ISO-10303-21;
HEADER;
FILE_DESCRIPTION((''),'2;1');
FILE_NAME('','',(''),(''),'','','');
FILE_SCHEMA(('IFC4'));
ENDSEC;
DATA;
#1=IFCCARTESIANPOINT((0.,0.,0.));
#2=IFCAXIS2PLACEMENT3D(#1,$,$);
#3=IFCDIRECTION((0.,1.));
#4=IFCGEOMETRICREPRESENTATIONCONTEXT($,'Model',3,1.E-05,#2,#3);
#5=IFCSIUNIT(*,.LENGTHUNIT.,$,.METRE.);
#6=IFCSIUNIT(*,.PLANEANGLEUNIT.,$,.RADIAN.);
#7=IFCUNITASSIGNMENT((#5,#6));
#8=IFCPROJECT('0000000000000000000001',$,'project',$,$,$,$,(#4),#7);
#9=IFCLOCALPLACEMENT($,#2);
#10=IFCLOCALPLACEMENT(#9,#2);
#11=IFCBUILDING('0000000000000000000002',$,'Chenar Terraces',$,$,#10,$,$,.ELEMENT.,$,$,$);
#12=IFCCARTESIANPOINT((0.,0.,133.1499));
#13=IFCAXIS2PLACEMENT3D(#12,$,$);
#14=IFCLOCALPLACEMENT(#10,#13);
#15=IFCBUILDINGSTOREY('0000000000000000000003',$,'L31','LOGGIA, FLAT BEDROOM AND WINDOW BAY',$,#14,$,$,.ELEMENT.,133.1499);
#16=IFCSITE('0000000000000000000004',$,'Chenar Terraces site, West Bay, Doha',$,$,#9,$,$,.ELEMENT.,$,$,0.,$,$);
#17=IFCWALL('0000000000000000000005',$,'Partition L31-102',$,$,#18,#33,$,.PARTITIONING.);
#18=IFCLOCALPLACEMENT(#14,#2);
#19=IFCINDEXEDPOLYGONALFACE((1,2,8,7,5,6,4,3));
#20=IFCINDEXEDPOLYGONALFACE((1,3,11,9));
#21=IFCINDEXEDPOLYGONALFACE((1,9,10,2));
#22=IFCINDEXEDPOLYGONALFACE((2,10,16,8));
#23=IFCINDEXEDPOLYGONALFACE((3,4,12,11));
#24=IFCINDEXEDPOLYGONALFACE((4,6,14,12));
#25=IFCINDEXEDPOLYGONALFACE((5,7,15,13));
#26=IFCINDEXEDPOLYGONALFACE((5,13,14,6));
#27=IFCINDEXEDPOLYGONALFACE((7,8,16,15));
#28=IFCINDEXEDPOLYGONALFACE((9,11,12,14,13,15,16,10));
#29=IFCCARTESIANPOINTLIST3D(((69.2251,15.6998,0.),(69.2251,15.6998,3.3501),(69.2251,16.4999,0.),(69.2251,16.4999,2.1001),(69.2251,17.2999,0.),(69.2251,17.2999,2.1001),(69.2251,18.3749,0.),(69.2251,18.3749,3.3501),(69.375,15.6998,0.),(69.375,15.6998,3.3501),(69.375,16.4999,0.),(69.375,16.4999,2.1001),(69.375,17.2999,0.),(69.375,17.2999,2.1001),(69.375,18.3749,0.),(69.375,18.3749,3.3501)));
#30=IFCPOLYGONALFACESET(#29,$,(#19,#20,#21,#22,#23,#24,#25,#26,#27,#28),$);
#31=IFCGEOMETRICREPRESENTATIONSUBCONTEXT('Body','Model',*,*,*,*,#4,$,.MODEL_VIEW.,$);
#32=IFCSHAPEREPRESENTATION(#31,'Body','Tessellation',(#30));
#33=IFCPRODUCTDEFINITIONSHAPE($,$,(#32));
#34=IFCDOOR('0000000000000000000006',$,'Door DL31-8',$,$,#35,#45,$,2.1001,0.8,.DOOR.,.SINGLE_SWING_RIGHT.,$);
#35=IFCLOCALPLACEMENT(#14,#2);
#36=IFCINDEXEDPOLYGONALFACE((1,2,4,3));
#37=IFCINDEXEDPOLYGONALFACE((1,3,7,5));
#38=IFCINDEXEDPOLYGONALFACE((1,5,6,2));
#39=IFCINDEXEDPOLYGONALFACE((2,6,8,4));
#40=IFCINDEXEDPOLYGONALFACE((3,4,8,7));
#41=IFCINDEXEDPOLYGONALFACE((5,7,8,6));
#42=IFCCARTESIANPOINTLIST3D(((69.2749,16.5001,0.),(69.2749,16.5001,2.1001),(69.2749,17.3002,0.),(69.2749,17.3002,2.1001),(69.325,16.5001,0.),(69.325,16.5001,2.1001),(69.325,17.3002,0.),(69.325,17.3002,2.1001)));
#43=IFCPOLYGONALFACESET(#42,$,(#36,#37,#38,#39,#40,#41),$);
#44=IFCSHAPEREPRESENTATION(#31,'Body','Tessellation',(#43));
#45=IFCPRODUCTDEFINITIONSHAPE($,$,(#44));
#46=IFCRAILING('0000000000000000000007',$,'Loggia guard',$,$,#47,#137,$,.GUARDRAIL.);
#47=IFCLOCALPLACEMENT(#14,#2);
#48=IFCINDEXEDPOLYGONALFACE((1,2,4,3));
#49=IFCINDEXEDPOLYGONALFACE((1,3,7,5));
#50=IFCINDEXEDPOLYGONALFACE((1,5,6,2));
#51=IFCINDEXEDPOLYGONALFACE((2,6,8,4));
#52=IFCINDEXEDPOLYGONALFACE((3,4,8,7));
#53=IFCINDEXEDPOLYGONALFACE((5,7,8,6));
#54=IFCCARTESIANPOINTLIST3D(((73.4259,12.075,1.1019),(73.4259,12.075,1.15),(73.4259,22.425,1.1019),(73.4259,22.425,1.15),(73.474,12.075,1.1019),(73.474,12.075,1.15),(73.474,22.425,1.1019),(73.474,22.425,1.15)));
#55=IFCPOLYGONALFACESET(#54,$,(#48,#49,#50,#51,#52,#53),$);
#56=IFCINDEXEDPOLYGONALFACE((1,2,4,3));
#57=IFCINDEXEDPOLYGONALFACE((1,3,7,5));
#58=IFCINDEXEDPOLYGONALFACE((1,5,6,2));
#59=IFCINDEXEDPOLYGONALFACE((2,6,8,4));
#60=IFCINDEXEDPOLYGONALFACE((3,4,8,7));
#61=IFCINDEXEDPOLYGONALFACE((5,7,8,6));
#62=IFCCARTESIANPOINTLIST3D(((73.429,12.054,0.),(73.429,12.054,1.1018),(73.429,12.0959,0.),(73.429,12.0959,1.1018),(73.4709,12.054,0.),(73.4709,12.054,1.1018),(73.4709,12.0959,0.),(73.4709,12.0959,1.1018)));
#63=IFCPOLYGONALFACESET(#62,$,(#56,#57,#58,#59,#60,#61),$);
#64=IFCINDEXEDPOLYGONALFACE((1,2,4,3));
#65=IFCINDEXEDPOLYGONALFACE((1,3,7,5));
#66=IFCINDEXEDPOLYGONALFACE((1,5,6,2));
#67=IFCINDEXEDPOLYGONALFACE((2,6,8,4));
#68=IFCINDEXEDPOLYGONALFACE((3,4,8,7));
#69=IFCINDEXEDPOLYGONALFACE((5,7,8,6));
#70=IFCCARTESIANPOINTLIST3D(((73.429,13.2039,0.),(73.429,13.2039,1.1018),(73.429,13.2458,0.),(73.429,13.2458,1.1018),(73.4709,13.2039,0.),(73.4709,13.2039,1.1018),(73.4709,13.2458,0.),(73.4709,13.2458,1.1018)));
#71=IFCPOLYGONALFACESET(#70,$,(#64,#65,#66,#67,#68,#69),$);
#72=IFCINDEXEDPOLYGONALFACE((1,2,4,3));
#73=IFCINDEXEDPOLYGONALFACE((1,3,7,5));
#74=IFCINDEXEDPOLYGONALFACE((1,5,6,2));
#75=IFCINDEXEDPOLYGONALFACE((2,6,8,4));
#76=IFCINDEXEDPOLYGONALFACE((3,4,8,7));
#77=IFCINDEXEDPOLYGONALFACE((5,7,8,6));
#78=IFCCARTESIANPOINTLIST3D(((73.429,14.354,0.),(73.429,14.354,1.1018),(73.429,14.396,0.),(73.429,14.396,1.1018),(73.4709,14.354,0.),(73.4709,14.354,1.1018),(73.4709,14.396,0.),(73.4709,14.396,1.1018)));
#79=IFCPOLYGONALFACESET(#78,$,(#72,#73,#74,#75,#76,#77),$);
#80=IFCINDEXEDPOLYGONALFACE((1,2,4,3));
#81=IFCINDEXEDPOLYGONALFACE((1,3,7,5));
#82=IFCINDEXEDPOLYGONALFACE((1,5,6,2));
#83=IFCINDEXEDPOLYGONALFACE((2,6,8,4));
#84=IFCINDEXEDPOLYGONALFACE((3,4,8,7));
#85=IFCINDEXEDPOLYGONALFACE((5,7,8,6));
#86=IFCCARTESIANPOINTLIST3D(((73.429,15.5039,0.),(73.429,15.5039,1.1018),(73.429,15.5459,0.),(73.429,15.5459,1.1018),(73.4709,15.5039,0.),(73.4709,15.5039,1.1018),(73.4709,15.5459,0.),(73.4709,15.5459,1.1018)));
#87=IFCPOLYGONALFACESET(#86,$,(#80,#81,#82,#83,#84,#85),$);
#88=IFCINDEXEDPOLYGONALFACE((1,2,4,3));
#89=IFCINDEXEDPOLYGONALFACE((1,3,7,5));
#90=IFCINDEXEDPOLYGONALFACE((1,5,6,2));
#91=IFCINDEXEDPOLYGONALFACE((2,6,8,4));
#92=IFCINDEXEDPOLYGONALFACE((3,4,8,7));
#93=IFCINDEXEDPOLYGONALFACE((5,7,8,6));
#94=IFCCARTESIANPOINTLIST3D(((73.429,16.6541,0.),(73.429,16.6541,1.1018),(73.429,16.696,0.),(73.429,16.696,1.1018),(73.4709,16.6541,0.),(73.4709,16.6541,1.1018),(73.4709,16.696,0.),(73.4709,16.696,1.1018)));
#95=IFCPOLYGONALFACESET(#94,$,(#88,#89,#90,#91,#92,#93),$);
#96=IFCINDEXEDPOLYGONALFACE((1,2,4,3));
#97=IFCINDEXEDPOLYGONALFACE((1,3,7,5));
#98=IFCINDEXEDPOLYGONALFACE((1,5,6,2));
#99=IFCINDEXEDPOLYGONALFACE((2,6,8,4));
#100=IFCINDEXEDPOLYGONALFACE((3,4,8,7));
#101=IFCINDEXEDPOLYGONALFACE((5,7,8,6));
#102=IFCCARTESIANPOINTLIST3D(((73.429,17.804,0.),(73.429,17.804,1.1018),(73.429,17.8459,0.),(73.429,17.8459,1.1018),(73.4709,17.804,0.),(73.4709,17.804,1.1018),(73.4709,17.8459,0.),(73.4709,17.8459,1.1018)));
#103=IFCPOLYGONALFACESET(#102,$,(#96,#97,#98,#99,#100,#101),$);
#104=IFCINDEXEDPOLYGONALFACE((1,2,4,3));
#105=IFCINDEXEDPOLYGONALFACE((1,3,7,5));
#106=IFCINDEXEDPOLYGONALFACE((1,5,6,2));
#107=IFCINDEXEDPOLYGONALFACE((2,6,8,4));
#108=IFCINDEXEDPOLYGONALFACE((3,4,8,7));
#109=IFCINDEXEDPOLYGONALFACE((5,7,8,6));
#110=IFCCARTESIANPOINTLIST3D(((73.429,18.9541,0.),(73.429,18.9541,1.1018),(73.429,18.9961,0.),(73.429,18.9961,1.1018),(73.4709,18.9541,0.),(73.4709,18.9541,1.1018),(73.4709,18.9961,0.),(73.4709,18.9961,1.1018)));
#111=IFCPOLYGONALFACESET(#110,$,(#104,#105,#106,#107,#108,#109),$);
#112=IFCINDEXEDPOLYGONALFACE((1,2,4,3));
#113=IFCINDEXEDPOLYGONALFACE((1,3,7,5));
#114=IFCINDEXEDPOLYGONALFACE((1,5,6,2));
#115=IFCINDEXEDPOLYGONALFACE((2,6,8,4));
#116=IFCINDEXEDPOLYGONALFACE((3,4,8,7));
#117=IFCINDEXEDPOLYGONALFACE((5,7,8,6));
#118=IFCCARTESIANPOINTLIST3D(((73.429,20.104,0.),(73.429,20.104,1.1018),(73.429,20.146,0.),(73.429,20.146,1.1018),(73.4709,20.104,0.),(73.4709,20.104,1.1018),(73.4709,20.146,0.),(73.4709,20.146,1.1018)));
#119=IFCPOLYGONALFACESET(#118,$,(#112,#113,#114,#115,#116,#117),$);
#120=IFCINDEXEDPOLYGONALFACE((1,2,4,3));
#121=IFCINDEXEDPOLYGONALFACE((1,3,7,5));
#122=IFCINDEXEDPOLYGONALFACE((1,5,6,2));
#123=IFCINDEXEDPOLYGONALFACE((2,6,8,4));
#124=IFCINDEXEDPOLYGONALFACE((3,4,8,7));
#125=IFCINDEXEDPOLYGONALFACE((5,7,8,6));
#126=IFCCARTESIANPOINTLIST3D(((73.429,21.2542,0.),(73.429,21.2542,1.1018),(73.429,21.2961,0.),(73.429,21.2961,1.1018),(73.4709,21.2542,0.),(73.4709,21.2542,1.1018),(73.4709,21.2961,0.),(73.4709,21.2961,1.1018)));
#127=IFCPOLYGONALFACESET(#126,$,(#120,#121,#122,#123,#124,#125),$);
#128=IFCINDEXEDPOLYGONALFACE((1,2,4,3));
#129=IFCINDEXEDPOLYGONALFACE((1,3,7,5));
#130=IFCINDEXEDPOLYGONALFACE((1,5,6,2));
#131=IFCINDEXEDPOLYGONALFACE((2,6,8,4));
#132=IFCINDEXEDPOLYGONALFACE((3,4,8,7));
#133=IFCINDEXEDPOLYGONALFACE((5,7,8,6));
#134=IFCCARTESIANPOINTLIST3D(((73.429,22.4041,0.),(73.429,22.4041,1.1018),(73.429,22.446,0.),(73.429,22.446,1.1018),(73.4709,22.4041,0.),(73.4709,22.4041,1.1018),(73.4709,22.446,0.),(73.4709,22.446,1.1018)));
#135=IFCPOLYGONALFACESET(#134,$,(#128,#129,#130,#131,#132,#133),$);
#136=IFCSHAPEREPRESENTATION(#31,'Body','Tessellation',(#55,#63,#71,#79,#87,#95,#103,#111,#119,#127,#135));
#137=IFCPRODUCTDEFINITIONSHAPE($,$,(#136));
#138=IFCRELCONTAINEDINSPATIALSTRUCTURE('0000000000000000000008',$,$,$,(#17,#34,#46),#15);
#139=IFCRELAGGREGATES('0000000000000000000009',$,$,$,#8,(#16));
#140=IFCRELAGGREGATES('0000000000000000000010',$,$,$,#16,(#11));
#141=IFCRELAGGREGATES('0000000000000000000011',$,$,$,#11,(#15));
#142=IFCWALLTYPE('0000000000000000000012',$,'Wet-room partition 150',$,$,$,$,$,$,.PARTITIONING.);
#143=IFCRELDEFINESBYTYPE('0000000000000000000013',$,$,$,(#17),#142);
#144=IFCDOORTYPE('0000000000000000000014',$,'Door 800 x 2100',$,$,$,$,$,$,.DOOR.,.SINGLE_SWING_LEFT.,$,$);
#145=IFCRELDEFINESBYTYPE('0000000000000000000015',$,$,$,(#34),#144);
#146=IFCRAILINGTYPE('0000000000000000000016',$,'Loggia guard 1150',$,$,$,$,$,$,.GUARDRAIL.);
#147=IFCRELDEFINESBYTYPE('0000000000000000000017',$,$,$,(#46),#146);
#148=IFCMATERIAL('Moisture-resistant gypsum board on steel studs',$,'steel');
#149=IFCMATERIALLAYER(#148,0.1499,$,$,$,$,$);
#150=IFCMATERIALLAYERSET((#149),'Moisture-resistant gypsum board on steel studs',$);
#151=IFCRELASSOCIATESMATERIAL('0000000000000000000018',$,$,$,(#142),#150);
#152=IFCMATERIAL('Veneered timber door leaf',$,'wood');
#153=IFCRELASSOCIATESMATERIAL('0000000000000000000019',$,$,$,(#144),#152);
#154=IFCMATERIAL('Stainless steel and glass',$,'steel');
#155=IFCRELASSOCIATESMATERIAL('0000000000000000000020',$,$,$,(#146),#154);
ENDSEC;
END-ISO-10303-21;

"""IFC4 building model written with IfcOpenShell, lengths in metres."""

from ifc_helpers import new_model, si_unit, direction, frame, frame_2d, origin, origin_2d, place, context, subcontext, project, spatial, rectangle, extrude, material, layer, layer_set, type_object, element, fill, save


model = new_model("IFC4")

# Units and contexts
model_context = context("Model", 3, precision=1e-05, world=origin(), true_north=direction((0.0, 1.0)))
body_context = subcontext(model_context, "Body", "Model", "MODEL_VIEW")
ifc_project = project(units=[si_unit("LENGTHUNIT", "METRE"), si_unit("PLANEANGLEUNIT", "RADIAN")], contexts=[model_context])

# Site, building, storey
site_placement = place(None, origin())
site = spatial("IfcSite", under=ifc_project, at=site_placement, Name="Chenar Terraces site, West Bay, Doha", CompositionType="ELEMENT", RefElevation=0.0)
building_placement = place(site_placement, origin())
building = spatial("IfcBuilding", under=site, at=building_placement, Name="Chenar Terraces", CompositionType="ELEMENT")
storey_placement = place(building_placement, frame((0.0, 0.0, 133.1499)))
storey = spatial("IfcBuildingStorey", under=building, at=storey_placement, Name="L31", Description="LOGGIA, FLAT BEDROOM AND WINDOW BAY", CompositionType="ELEMENT", Elevation=133.1499)

# Shared definitions
ifc_material_1 = material(Name="Moisture-resistant gypsum board on steel studs", Category="steel")
ifc_layer_1 = layer(ifc_material_1, 0.1499)
ifc_layer_set_1 = layer_set([ifc_layer_1], Name="Moisture-resistant gypsum board on steel studs")
wall_type_1 = type_object("IfcWallType", Name="Wet-room partition 150", PredefinedType="PARTITIONING", material=ifc_layer_set_1)

# Shared definitions
ifc_material_2 = material(Name="Veneered timber door leaf", Category="wood")
door_type_1 = type_object("IfcDoorType", Name="Door 800 x 2100", OperationType="SINGLE_SWING_LEFT", PredefinedType="DOOR", material=ifc_material_2)

# Wall, opening, door
wall_1_placement = place(storey_placement, frame((69.3, 15.7, 0.0), z_axis=(0.0, 0.0, 1.0), x_axis=(0.0, 1.0, 0.0)))
wall_1 = element("IfcWall", 1, at=wall_1_placement, inside=storey, type_object=wall_type_1, Name="Partition L31-102", PredefinedType="PARTITIONING", context=body_context, shape_type="SweptSolid", body=[
    extrude(rectangle(XDim=2.675, YDim=0.1499, at=frame_2d((1.3374, 0.0))), origin(), (0.0, 0.0, 1.0), 3.3501),
])
opening_1_placement = place(wall_1_placement, frame((0.8, 0.0, 0.0)))
opening_1 = element("IfcOpeningElement", 2, at=opening_1_placement, cuts=wall_1, PredefinedType="OPENING", context=body_context, shape_type="SweptSolid", body=[
    extrude(rectangle(XDim=0.8, YDim=2.1001, at=frame_2d((0.3999, 1.05))), frame((0.0, 0.085, 0.0), z_axis=(0.0, -1.0, 0.0), x_axis=(1.0, 0.0, 0.0)), (0.0, 0.0, 1.0), 0.1699),
])
door_1_placement = place(opening_1_placement, frame((0.8, 0.0, 0.0), z_axis=(0.0, 0.0, 1.0), x_axis=(-1.0, 0.0, 0.0)))
door_1 = element("IfcDoor", 3, at=door_1_placement, inside=storey, type_object=door_type_1, Name="Door DL31-8", OperationType="SINGLE_SWING_RIGHT", OverallHeight=2.1001, OverallWidth=0.8, PredefinedType="DOOR", context=body_context, shape_type="SweptSolid", body=[
    extrude(rectangle(XDim=0.8, YDim=2.1001, at=frame_2d((0.3999, 1.05))), frame((0.0, 0.0249, 0.0), z_axis=(0.0, -1.0, 0.0), x_axis=(1.0, 0.0, 0.0)), (0.0, 0.0, 1.0), 0.05),
])
fill(opening_1, door_1)

# Railing
ifc_material_3 = material(Name="Stainless steel and glass", Category="steel")
railing_type = type_object("IfcRailingType", Name="Loggia guard 1150", PredefinedType="GUARDRAIL", material=ifc_material_3)
railing_placement = place(storey_placement, frame((73.45, 12.075, 0.0)))
element("IfcRailing", 4, at=railing_placement, inside=storey, type_object=railing_type, Name="Loggia guard", PredefinedType="GUARDRAIL", context=body_context, shape_type="SweptSolid", body=[
    extrude(rectangle(XDim=0.0481, YDim=0.0481, at=origin_2d()), frame((0.0, 0.0, 1.126), z_axis=(0.0, 1.0, 0.0), x_axis=(-1.0, 0.0, 0.0)), (0.0, 0.0, 1.0), 10.3501),
    extrude(rectangle(XDim=0.042, YDim=0.042, at=origin_2d()), origin(), (0.0, 0.0, 1.0), 1.1018),
    extrude(rectangle(XDim=0.042, YDim=0.042, at=origin_2d()), frame((0.0, 1.1499, 0.0)), (0.0, 0.0, 1.0), 1.1018),
    extrude(rectangle(XDim=0.042, YDim=0.042, at=origin_2d()), frame((0.0, 2.3, 0.0)), (0.0, 0.0, 1.0), 1.1018),
    extrude(rectangle(XDim=0.042, YDim=0.042, at=origin_2d()), frame((0.0, 3.45, 0.0)), (0.0, 0.0, 1.0), 1.1018),
    extrude(rectangle(XDim=0.042, YDim=0.042, at=origin_2d()), frame((0.0, 4.6001, 0.0)), (0.0, 0.0, 1.0), 1.1018),
    extrude(rectangle(XDim=0.042, YDim=0.042, at=origin_2d()), frame((0.0, 5.75, 0.0)), (0.0, 0.0, 1.0), 1.1018),
    extrude(rectangle(XDim=0.042, YDim=0.042, at=origin_2d()), frame((0.0, 6.9001, 0.0)), (0.0, 0.0, 1.0), 1.1018),
    extrude(rectangle(XDim=0.042, YDim=0.042, at=origin_2d()), frame((0.0, 8.05, 0.0)), (0.0, 0.0, 1.0), 1.1018),
    extrude(rectangle(XDim=0.042, YDim=0.042, at=origin_2d()), frame((0.0, 9.2002, 0.0)), (0.0, 0.0, 1.0), 1.1018),
    extrude(rectangle(XDim=0.042, YDim=0.042, at=origin_2d()), frame((0.0, 10.3501, 0.0)), (0.0, 0.0, 1.0), 1.1018),
])

save(model, "model.ifc")
